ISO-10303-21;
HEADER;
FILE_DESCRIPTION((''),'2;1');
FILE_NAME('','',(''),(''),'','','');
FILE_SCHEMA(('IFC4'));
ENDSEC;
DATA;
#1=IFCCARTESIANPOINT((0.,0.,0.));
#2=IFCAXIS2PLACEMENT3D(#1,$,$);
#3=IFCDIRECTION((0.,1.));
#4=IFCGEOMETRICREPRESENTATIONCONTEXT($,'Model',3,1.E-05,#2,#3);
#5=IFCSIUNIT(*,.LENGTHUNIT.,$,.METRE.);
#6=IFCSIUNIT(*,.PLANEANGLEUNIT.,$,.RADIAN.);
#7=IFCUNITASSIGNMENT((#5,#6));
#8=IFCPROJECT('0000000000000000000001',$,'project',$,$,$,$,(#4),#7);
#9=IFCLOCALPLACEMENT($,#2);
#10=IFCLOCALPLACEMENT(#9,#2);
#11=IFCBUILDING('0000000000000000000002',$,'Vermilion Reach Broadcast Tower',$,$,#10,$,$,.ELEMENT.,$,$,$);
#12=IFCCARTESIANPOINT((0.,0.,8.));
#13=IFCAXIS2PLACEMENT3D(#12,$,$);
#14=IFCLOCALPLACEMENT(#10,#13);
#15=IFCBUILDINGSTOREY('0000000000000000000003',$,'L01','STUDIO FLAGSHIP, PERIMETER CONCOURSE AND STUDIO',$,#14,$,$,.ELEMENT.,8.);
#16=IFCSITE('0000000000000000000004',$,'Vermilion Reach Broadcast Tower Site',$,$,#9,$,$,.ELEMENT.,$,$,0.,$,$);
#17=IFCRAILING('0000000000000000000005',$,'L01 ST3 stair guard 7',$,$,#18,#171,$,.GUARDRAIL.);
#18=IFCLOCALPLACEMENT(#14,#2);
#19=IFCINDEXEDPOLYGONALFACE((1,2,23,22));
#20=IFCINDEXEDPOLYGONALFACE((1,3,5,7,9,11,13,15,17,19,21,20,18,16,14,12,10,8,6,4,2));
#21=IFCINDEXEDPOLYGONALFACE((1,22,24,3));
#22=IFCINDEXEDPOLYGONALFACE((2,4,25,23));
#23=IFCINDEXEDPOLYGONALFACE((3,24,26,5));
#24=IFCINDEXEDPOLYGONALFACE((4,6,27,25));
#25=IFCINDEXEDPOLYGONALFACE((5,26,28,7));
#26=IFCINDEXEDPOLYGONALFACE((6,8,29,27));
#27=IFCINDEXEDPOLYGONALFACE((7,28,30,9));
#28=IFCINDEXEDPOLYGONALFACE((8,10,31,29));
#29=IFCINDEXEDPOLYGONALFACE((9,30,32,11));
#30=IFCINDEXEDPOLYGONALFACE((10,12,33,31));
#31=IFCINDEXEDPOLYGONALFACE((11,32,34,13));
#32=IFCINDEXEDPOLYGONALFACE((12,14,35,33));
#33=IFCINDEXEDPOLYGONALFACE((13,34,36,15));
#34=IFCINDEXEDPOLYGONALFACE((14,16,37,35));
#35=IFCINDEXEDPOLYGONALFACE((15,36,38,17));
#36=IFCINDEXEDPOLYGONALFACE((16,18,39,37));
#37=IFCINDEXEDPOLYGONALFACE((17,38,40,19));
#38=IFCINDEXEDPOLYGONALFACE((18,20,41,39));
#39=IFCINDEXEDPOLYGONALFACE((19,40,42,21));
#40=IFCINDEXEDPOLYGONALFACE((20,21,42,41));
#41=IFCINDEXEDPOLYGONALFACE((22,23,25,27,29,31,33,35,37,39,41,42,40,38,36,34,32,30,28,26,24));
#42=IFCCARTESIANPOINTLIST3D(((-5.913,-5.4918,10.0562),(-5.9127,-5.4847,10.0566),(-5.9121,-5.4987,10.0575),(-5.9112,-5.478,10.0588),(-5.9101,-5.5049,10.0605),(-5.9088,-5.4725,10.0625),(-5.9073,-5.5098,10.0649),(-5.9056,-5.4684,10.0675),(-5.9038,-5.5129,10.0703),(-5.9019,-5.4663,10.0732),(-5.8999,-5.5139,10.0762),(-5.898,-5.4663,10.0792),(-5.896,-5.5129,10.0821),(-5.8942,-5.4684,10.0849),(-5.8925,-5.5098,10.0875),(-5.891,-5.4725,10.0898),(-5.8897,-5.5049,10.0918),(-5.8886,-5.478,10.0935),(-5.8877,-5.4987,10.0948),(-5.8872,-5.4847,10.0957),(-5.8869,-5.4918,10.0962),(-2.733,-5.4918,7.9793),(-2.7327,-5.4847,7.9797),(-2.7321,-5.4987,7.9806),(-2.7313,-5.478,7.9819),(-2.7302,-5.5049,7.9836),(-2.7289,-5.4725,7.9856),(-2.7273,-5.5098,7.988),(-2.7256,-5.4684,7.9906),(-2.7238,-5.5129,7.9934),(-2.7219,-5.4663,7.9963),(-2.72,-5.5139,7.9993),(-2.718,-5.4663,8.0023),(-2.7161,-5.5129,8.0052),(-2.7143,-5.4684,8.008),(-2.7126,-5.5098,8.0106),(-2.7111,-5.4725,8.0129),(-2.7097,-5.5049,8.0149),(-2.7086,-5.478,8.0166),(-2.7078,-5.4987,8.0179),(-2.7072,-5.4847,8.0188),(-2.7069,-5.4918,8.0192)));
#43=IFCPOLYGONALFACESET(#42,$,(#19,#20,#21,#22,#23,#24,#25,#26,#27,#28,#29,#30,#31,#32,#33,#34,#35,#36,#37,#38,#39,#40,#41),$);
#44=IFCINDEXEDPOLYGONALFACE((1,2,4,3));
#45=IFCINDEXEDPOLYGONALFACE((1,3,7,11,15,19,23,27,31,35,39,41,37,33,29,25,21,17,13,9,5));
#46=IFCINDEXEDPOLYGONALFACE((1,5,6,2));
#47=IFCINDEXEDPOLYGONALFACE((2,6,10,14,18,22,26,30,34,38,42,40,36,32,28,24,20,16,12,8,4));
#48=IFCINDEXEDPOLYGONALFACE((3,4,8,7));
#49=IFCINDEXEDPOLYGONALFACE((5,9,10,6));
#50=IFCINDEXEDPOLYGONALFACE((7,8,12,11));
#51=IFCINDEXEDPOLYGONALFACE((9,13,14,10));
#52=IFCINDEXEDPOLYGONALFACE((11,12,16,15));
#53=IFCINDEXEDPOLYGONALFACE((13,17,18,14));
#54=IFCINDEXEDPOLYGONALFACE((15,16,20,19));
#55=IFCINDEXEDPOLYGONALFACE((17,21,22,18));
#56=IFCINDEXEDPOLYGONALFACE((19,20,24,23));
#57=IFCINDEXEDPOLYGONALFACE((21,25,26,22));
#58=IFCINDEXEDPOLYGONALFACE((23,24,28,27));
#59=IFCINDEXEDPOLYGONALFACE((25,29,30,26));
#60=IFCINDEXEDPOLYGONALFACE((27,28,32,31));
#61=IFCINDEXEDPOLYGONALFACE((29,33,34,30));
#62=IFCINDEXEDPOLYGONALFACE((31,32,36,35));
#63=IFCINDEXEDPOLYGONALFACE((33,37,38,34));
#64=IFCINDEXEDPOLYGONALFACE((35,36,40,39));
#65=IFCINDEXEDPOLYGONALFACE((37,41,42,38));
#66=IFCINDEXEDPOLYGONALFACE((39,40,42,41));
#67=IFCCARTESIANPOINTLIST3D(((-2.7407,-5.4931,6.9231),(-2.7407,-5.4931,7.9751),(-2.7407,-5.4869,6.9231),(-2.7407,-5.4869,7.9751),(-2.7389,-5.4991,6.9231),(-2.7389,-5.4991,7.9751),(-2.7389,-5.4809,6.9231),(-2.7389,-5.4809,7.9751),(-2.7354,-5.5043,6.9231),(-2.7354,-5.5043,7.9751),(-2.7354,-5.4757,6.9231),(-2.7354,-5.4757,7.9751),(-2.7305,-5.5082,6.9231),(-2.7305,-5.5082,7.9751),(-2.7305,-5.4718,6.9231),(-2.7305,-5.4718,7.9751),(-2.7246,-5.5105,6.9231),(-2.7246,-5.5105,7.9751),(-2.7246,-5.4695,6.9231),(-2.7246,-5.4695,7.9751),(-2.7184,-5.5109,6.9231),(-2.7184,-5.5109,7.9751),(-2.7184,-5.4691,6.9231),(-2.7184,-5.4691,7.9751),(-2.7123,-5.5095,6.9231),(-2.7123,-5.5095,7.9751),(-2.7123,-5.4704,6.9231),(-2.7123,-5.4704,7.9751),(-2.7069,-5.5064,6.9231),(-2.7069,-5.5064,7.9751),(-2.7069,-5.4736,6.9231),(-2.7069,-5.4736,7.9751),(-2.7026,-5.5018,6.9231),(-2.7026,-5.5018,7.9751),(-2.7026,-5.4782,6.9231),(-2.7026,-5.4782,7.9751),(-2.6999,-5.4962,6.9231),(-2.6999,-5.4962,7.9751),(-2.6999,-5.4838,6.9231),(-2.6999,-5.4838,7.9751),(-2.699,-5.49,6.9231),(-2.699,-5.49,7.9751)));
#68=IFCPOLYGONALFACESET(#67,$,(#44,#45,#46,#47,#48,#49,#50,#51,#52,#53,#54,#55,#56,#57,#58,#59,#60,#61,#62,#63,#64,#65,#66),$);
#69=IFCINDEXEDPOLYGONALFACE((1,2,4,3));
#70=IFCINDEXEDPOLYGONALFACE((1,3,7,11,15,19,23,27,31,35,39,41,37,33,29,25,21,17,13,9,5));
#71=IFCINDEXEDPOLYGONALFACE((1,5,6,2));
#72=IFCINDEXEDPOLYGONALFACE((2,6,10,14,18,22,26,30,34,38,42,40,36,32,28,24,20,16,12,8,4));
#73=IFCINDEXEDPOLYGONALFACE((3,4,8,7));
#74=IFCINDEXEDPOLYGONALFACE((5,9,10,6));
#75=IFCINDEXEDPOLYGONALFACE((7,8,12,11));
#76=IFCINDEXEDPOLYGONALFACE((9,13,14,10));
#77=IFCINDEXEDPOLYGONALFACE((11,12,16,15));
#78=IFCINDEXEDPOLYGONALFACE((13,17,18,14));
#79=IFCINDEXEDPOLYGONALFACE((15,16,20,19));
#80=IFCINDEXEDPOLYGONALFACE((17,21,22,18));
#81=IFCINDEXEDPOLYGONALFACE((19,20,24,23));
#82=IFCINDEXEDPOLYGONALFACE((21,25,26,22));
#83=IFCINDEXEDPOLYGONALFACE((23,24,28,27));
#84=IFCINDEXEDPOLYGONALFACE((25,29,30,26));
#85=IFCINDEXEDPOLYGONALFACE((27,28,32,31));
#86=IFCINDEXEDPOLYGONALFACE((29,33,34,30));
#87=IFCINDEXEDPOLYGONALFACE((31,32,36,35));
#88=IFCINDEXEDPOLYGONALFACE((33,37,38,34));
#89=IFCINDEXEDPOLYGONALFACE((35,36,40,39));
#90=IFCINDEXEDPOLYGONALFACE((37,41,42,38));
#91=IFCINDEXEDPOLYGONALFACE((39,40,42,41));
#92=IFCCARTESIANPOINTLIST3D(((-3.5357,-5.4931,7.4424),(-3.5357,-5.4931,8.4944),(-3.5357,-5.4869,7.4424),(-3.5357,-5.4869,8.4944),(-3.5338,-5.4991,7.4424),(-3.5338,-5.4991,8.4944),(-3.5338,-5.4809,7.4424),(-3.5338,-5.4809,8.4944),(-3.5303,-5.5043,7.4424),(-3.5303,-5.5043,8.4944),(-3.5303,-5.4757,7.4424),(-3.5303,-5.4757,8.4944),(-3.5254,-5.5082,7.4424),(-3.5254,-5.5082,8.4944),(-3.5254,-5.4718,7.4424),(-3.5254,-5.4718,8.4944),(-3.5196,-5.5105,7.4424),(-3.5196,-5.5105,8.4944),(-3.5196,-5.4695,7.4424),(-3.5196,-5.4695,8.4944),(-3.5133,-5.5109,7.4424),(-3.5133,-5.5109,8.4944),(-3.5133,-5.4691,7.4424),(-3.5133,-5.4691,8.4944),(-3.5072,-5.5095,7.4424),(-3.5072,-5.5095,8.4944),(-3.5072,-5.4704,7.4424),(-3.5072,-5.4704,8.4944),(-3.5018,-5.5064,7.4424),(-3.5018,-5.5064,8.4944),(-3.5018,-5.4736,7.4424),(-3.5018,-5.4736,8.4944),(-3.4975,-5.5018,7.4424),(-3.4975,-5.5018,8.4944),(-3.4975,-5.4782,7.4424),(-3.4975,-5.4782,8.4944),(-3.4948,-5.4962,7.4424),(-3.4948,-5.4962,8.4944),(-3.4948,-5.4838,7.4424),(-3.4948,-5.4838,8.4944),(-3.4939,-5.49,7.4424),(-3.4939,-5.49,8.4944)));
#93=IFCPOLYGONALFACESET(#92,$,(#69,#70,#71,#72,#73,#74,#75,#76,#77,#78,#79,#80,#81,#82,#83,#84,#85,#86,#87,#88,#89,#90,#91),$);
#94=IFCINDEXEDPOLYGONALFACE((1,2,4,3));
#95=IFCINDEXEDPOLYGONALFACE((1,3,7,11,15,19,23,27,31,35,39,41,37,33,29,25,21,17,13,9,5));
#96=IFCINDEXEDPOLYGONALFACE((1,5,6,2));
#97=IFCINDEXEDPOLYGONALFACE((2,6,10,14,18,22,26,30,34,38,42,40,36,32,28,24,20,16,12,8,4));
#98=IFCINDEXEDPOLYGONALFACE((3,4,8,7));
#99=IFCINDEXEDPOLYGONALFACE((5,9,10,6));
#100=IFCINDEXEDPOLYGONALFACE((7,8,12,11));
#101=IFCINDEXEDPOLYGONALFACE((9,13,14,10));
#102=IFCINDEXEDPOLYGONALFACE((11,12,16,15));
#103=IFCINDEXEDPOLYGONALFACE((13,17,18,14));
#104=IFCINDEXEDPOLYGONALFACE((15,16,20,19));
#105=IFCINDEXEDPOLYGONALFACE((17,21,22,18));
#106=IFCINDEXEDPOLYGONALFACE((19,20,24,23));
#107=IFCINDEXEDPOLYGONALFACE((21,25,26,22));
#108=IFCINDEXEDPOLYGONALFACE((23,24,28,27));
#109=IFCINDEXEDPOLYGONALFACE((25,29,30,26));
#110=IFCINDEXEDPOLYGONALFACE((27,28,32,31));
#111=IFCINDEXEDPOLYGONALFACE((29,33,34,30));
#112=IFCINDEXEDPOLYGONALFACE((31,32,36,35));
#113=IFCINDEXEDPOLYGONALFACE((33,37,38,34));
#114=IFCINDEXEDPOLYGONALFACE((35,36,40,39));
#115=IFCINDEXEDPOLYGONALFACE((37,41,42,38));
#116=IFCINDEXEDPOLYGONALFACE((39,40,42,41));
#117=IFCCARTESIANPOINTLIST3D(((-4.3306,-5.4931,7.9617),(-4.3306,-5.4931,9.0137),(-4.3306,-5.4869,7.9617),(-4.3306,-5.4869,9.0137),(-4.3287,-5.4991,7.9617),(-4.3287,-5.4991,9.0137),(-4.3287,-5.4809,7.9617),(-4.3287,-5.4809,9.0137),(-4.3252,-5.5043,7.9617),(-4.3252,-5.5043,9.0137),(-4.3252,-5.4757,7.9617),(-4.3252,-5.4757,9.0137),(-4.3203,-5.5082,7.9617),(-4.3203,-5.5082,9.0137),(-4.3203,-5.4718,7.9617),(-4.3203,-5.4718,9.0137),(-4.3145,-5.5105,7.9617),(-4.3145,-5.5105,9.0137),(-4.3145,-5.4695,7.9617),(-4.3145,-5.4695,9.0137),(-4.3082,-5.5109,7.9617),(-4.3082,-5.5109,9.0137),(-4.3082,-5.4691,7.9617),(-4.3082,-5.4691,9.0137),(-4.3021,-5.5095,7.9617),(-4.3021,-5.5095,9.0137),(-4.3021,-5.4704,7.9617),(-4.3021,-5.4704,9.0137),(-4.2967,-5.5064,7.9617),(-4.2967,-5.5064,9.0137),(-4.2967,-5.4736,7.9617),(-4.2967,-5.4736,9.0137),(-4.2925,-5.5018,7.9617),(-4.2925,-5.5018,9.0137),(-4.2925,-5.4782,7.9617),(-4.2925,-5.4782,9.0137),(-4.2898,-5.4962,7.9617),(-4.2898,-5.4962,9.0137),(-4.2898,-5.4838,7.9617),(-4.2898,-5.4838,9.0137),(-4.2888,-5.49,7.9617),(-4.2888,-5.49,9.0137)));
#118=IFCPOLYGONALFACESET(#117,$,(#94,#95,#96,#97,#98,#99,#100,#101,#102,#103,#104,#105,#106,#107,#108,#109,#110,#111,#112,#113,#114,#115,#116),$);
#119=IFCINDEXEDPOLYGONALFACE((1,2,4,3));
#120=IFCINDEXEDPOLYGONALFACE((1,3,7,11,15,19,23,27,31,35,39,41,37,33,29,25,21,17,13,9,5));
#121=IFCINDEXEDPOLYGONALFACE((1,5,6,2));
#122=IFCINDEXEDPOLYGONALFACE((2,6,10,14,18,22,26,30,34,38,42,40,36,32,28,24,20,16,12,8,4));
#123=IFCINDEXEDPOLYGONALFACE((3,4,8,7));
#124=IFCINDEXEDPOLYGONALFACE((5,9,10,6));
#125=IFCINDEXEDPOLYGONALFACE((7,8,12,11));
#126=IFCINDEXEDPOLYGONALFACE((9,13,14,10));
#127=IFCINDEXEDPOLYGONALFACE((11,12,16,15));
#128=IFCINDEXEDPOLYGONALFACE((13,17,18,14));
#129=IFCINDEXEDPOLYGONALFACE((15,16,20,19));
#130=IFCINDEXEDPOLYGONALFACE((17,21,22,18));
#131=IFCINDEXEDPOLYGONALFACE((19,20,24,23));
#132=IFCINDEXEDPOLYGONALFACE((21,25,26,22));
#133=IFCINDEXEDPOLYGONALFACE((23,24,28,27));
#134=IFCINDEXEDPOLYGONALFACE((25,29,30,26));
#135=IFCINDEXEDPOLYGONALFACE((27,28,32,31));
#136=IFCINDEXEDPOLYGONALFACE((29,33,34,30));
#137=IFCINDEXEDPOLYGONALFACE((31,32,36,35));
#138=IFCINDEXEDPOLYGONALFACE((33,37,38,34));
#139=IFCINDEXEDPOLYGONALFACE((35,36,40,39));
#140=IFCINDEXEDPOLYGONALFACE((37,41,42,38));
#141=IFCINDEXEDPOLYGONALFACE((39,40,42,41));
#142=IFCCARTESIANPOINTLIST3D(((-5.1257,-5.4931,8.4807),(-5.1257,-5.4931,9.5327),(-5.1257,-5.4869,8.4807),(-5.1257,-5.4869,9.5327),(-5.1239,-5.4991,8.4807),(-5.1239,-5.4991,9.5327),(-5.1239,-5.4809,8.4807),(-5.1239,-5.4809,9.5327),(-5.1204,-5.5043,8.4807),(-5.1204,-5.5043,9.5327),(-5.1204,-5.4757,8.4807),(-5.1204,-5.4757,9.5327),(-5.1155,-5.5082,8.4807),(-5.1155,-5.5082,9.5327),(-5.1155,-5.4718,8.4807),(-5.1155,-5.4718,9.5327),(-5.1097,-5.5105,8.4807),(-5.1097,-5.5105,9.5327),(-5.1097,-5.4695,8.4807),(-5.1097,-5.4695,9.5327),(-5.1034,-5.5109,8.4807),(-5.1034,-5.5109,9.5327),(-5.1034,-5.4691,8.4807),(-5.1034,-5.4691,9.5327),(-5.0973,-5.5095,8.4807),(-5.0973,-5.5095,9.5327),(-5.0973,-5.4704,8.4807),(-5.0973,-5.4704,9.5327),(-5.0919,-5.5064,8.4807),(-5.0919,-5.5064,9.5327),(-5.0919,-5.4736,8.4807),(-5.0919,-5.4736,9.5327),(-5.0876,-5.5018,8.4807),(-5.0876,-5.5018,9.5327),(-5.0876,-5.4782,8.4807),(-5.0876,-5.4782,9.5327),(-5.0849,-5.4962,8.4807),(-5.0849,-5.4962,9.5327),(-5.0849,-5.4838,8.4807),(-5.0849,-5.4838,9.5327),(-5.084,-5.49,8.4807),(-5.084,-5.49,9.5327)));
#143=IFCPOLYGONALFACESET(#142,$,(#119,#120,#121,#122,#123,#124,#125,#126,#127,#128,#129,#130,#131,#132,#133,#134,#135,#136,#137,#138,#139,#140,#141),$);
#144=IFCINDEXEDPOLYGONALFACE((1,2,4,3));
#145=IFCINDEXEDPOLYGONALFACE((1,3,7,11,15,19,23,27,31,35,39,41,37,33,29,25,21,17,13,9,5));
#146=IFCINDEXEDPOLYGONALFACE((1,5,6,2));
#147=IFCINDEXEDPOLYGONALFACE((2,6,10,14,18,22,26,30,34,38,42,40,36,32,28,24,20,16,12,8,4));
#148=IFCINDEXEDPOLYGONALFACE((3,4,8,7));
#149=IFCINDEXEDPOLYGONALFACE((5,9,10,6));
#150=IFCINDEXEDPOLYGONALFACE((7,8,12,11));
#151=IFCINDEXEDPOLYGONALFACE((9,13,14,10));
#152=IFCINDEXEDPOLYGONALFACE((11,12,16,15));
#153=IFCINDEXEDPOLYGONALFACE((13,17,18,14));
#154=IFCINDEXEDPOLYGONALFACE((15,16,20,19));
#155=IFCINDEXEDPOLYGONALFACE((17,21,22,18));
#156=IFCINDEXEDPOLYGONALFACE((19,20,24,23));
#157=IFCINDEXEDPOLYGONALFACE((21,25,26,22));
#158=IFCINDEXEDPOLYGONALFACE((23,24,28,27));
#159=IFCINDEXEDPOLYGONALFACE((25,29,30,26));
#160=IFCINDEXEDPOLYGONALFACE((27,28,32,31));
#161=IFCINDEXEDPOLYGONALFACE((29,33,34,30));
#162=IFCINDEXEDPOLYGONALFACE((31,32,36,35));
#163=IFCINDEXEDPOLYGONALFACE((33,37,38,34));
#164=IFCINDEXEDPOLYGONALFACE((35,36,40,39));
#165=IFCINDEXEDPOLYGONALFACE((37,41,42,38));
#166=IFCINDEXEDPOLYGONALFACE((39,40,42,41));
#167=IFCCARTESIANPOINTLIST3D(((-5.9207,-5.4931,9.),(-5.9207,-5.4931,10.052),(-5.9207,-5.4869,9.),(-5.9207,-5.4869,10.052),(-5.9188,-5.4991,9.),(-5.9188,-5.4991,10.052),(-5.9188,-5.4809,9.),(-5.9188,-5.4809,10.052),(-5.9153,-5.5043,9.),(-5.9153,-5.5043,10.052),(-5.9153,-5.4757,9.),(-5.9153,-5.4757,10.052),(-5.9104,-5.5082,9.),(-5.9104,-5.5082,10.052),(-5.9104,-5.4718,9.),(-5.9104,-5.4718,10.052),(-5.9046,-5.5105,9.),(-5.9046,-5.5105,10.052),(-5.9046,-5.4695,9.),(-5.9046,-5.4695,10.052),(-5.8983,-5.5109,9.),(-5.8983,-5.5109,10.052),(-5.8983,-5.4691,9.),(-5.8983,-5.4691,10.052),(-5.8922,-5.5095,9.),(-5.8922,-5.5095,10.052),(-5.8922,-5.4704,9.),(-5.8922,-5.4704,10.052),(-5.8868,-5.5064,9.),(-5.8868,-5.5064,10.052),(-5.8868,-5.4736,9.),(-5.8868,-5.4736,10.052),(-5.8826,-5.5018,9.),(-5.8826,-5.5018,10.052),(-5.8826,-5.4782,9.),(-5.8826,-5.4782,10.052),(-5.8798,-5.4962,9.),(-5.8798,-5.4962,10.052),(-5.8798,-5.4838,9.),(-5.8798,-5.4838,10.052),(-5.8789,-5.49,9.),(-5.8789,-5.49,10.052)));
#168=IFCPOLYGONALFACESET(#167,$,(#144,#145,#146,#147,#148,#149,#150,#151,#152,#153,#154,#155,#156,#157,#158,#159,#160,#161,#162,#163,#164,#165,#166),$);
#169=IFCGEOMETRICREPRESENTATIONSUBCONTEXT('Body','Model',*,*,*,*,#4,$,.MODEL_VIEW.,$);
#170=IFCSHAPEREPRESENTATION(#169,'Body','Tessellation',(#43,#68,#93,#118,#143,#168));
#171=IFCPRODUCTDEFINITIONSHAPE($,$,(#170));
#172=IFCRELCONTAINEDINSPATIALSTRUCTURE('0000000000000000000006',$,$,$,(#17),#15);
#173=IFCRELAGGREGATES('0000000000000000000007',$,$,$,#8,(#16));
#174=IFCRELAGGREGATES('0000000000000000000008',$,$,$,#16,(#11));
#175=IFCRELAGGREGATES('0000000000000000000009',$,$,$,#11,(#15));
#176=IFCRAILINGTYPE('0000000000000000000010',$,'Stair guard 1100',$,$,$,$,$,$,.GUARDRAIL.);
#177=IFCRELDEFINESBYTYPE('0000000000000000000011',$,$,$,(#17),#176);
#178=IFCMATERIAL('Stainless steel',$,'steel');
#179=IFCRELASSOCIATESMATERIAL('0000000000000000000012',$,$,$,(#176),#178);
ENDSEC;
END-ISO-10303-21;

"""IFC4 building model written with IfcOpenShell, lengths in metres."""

from ifc_helpers import new_model, si_unit, direction, frame, origin, origin_2d, place, context, subcontext, project, spatial, circle, extrude, material, type_object, element, save


model = new_model("IFC4")

# Units and contexts
model_context = context("Model", 3, precision=1e-05, world=origin(), true_north=direction((0.0, 1.0)))
body_context = subcontext(model_context, "Body", "Model", "MODEL_VIEW")
ifc_project = project(units=[si_unit("LENGTHUNIT", "METRE"), si_unit("PLANEANGLEUNIT", "RADIAN")], contexts=[model_context])

# Site, building, storey
site_placement = place(None, origin())
site = spatial("IfcSite", under=ifc_project, at=site_placement, Name="Vermilion Reach Broadcast Tower Site", CompositionType="ELEMENT", RefElevation=0.0)
building_placement = place(site_placement, origin())
building = spatial("IfcBuilding", under=site, at=building_placement, Name="Vermilion Reach Broadcast Tower", CompositionType="ELEMENT")
storey_placement = place(building_placement, frame((0.0, 0.0, 8.0)))
storey = spatial("IfcBuildingStorey", under=building, at=storey_placement, Name="L01", Description="STUDIO FLAGSHIP, PERIMETER CONCOURSE AND STUDIO", CompositionType="ELEMENT", Elevation=8.0)

# Railing
ifc_material_1 = material(Name="Stainless steel", Category="steel")
railing_type_1 = type_object("IfcRailingType", Name="Stair guard 1100", PredefinedType="GUARDRAIL", material=ifc_material_1)
railing_1_placement = place(storey_placement, frame((-2.72, -5.49, 6.9231)))
element("IfcRailing", 1, at=railing_1_placement, inside=storey, type_object=railing_type_1, Name="L01 ST3 stair guard 7", PredefinedType="GUARDRAIL", context=body_context, shape_type="SweptSolid", body=[
    extrude(circle(Radius=0.0239, at=origin_2d()), frame((0.0, 0.0, 1.0762), z_axis=(-0.837245, 0.0, 0.546828), x_axis=(0.0, -1.0, 0.0)), (0.0, 0.0, 1.0), 3.7981),
    extrude(circle(Radius=0.021, at=origin_2d()), origin(), (0.0, 0.0, 1.0), 1.052),
    extrude(circle(Radius=0.021, at=origin_2d()), frame((-0.7949, 0.0, 0.5193)), (0.0, 0.0, 1.0), 1.052),
    extrude(circle(Radius=0.021, at=origin_2d()), frame((-1.5898, 0.0, 1.0386)), (0.0, 0.0, 1.0), 1.052),
    extrude(circle(Radius=0.021, at=origin_2d()), frame((-2.385, 0.0, 1.5576)), (0.0, 0.0, 1.0), 1.052),
    extrude(circle(Radius=0.021, at=origin_2d()), frame((-3.1799, 0.0, 2.0769)), (0.0, 0.0, 1.0), 1.052),
])

save(model, "model.ifc")
